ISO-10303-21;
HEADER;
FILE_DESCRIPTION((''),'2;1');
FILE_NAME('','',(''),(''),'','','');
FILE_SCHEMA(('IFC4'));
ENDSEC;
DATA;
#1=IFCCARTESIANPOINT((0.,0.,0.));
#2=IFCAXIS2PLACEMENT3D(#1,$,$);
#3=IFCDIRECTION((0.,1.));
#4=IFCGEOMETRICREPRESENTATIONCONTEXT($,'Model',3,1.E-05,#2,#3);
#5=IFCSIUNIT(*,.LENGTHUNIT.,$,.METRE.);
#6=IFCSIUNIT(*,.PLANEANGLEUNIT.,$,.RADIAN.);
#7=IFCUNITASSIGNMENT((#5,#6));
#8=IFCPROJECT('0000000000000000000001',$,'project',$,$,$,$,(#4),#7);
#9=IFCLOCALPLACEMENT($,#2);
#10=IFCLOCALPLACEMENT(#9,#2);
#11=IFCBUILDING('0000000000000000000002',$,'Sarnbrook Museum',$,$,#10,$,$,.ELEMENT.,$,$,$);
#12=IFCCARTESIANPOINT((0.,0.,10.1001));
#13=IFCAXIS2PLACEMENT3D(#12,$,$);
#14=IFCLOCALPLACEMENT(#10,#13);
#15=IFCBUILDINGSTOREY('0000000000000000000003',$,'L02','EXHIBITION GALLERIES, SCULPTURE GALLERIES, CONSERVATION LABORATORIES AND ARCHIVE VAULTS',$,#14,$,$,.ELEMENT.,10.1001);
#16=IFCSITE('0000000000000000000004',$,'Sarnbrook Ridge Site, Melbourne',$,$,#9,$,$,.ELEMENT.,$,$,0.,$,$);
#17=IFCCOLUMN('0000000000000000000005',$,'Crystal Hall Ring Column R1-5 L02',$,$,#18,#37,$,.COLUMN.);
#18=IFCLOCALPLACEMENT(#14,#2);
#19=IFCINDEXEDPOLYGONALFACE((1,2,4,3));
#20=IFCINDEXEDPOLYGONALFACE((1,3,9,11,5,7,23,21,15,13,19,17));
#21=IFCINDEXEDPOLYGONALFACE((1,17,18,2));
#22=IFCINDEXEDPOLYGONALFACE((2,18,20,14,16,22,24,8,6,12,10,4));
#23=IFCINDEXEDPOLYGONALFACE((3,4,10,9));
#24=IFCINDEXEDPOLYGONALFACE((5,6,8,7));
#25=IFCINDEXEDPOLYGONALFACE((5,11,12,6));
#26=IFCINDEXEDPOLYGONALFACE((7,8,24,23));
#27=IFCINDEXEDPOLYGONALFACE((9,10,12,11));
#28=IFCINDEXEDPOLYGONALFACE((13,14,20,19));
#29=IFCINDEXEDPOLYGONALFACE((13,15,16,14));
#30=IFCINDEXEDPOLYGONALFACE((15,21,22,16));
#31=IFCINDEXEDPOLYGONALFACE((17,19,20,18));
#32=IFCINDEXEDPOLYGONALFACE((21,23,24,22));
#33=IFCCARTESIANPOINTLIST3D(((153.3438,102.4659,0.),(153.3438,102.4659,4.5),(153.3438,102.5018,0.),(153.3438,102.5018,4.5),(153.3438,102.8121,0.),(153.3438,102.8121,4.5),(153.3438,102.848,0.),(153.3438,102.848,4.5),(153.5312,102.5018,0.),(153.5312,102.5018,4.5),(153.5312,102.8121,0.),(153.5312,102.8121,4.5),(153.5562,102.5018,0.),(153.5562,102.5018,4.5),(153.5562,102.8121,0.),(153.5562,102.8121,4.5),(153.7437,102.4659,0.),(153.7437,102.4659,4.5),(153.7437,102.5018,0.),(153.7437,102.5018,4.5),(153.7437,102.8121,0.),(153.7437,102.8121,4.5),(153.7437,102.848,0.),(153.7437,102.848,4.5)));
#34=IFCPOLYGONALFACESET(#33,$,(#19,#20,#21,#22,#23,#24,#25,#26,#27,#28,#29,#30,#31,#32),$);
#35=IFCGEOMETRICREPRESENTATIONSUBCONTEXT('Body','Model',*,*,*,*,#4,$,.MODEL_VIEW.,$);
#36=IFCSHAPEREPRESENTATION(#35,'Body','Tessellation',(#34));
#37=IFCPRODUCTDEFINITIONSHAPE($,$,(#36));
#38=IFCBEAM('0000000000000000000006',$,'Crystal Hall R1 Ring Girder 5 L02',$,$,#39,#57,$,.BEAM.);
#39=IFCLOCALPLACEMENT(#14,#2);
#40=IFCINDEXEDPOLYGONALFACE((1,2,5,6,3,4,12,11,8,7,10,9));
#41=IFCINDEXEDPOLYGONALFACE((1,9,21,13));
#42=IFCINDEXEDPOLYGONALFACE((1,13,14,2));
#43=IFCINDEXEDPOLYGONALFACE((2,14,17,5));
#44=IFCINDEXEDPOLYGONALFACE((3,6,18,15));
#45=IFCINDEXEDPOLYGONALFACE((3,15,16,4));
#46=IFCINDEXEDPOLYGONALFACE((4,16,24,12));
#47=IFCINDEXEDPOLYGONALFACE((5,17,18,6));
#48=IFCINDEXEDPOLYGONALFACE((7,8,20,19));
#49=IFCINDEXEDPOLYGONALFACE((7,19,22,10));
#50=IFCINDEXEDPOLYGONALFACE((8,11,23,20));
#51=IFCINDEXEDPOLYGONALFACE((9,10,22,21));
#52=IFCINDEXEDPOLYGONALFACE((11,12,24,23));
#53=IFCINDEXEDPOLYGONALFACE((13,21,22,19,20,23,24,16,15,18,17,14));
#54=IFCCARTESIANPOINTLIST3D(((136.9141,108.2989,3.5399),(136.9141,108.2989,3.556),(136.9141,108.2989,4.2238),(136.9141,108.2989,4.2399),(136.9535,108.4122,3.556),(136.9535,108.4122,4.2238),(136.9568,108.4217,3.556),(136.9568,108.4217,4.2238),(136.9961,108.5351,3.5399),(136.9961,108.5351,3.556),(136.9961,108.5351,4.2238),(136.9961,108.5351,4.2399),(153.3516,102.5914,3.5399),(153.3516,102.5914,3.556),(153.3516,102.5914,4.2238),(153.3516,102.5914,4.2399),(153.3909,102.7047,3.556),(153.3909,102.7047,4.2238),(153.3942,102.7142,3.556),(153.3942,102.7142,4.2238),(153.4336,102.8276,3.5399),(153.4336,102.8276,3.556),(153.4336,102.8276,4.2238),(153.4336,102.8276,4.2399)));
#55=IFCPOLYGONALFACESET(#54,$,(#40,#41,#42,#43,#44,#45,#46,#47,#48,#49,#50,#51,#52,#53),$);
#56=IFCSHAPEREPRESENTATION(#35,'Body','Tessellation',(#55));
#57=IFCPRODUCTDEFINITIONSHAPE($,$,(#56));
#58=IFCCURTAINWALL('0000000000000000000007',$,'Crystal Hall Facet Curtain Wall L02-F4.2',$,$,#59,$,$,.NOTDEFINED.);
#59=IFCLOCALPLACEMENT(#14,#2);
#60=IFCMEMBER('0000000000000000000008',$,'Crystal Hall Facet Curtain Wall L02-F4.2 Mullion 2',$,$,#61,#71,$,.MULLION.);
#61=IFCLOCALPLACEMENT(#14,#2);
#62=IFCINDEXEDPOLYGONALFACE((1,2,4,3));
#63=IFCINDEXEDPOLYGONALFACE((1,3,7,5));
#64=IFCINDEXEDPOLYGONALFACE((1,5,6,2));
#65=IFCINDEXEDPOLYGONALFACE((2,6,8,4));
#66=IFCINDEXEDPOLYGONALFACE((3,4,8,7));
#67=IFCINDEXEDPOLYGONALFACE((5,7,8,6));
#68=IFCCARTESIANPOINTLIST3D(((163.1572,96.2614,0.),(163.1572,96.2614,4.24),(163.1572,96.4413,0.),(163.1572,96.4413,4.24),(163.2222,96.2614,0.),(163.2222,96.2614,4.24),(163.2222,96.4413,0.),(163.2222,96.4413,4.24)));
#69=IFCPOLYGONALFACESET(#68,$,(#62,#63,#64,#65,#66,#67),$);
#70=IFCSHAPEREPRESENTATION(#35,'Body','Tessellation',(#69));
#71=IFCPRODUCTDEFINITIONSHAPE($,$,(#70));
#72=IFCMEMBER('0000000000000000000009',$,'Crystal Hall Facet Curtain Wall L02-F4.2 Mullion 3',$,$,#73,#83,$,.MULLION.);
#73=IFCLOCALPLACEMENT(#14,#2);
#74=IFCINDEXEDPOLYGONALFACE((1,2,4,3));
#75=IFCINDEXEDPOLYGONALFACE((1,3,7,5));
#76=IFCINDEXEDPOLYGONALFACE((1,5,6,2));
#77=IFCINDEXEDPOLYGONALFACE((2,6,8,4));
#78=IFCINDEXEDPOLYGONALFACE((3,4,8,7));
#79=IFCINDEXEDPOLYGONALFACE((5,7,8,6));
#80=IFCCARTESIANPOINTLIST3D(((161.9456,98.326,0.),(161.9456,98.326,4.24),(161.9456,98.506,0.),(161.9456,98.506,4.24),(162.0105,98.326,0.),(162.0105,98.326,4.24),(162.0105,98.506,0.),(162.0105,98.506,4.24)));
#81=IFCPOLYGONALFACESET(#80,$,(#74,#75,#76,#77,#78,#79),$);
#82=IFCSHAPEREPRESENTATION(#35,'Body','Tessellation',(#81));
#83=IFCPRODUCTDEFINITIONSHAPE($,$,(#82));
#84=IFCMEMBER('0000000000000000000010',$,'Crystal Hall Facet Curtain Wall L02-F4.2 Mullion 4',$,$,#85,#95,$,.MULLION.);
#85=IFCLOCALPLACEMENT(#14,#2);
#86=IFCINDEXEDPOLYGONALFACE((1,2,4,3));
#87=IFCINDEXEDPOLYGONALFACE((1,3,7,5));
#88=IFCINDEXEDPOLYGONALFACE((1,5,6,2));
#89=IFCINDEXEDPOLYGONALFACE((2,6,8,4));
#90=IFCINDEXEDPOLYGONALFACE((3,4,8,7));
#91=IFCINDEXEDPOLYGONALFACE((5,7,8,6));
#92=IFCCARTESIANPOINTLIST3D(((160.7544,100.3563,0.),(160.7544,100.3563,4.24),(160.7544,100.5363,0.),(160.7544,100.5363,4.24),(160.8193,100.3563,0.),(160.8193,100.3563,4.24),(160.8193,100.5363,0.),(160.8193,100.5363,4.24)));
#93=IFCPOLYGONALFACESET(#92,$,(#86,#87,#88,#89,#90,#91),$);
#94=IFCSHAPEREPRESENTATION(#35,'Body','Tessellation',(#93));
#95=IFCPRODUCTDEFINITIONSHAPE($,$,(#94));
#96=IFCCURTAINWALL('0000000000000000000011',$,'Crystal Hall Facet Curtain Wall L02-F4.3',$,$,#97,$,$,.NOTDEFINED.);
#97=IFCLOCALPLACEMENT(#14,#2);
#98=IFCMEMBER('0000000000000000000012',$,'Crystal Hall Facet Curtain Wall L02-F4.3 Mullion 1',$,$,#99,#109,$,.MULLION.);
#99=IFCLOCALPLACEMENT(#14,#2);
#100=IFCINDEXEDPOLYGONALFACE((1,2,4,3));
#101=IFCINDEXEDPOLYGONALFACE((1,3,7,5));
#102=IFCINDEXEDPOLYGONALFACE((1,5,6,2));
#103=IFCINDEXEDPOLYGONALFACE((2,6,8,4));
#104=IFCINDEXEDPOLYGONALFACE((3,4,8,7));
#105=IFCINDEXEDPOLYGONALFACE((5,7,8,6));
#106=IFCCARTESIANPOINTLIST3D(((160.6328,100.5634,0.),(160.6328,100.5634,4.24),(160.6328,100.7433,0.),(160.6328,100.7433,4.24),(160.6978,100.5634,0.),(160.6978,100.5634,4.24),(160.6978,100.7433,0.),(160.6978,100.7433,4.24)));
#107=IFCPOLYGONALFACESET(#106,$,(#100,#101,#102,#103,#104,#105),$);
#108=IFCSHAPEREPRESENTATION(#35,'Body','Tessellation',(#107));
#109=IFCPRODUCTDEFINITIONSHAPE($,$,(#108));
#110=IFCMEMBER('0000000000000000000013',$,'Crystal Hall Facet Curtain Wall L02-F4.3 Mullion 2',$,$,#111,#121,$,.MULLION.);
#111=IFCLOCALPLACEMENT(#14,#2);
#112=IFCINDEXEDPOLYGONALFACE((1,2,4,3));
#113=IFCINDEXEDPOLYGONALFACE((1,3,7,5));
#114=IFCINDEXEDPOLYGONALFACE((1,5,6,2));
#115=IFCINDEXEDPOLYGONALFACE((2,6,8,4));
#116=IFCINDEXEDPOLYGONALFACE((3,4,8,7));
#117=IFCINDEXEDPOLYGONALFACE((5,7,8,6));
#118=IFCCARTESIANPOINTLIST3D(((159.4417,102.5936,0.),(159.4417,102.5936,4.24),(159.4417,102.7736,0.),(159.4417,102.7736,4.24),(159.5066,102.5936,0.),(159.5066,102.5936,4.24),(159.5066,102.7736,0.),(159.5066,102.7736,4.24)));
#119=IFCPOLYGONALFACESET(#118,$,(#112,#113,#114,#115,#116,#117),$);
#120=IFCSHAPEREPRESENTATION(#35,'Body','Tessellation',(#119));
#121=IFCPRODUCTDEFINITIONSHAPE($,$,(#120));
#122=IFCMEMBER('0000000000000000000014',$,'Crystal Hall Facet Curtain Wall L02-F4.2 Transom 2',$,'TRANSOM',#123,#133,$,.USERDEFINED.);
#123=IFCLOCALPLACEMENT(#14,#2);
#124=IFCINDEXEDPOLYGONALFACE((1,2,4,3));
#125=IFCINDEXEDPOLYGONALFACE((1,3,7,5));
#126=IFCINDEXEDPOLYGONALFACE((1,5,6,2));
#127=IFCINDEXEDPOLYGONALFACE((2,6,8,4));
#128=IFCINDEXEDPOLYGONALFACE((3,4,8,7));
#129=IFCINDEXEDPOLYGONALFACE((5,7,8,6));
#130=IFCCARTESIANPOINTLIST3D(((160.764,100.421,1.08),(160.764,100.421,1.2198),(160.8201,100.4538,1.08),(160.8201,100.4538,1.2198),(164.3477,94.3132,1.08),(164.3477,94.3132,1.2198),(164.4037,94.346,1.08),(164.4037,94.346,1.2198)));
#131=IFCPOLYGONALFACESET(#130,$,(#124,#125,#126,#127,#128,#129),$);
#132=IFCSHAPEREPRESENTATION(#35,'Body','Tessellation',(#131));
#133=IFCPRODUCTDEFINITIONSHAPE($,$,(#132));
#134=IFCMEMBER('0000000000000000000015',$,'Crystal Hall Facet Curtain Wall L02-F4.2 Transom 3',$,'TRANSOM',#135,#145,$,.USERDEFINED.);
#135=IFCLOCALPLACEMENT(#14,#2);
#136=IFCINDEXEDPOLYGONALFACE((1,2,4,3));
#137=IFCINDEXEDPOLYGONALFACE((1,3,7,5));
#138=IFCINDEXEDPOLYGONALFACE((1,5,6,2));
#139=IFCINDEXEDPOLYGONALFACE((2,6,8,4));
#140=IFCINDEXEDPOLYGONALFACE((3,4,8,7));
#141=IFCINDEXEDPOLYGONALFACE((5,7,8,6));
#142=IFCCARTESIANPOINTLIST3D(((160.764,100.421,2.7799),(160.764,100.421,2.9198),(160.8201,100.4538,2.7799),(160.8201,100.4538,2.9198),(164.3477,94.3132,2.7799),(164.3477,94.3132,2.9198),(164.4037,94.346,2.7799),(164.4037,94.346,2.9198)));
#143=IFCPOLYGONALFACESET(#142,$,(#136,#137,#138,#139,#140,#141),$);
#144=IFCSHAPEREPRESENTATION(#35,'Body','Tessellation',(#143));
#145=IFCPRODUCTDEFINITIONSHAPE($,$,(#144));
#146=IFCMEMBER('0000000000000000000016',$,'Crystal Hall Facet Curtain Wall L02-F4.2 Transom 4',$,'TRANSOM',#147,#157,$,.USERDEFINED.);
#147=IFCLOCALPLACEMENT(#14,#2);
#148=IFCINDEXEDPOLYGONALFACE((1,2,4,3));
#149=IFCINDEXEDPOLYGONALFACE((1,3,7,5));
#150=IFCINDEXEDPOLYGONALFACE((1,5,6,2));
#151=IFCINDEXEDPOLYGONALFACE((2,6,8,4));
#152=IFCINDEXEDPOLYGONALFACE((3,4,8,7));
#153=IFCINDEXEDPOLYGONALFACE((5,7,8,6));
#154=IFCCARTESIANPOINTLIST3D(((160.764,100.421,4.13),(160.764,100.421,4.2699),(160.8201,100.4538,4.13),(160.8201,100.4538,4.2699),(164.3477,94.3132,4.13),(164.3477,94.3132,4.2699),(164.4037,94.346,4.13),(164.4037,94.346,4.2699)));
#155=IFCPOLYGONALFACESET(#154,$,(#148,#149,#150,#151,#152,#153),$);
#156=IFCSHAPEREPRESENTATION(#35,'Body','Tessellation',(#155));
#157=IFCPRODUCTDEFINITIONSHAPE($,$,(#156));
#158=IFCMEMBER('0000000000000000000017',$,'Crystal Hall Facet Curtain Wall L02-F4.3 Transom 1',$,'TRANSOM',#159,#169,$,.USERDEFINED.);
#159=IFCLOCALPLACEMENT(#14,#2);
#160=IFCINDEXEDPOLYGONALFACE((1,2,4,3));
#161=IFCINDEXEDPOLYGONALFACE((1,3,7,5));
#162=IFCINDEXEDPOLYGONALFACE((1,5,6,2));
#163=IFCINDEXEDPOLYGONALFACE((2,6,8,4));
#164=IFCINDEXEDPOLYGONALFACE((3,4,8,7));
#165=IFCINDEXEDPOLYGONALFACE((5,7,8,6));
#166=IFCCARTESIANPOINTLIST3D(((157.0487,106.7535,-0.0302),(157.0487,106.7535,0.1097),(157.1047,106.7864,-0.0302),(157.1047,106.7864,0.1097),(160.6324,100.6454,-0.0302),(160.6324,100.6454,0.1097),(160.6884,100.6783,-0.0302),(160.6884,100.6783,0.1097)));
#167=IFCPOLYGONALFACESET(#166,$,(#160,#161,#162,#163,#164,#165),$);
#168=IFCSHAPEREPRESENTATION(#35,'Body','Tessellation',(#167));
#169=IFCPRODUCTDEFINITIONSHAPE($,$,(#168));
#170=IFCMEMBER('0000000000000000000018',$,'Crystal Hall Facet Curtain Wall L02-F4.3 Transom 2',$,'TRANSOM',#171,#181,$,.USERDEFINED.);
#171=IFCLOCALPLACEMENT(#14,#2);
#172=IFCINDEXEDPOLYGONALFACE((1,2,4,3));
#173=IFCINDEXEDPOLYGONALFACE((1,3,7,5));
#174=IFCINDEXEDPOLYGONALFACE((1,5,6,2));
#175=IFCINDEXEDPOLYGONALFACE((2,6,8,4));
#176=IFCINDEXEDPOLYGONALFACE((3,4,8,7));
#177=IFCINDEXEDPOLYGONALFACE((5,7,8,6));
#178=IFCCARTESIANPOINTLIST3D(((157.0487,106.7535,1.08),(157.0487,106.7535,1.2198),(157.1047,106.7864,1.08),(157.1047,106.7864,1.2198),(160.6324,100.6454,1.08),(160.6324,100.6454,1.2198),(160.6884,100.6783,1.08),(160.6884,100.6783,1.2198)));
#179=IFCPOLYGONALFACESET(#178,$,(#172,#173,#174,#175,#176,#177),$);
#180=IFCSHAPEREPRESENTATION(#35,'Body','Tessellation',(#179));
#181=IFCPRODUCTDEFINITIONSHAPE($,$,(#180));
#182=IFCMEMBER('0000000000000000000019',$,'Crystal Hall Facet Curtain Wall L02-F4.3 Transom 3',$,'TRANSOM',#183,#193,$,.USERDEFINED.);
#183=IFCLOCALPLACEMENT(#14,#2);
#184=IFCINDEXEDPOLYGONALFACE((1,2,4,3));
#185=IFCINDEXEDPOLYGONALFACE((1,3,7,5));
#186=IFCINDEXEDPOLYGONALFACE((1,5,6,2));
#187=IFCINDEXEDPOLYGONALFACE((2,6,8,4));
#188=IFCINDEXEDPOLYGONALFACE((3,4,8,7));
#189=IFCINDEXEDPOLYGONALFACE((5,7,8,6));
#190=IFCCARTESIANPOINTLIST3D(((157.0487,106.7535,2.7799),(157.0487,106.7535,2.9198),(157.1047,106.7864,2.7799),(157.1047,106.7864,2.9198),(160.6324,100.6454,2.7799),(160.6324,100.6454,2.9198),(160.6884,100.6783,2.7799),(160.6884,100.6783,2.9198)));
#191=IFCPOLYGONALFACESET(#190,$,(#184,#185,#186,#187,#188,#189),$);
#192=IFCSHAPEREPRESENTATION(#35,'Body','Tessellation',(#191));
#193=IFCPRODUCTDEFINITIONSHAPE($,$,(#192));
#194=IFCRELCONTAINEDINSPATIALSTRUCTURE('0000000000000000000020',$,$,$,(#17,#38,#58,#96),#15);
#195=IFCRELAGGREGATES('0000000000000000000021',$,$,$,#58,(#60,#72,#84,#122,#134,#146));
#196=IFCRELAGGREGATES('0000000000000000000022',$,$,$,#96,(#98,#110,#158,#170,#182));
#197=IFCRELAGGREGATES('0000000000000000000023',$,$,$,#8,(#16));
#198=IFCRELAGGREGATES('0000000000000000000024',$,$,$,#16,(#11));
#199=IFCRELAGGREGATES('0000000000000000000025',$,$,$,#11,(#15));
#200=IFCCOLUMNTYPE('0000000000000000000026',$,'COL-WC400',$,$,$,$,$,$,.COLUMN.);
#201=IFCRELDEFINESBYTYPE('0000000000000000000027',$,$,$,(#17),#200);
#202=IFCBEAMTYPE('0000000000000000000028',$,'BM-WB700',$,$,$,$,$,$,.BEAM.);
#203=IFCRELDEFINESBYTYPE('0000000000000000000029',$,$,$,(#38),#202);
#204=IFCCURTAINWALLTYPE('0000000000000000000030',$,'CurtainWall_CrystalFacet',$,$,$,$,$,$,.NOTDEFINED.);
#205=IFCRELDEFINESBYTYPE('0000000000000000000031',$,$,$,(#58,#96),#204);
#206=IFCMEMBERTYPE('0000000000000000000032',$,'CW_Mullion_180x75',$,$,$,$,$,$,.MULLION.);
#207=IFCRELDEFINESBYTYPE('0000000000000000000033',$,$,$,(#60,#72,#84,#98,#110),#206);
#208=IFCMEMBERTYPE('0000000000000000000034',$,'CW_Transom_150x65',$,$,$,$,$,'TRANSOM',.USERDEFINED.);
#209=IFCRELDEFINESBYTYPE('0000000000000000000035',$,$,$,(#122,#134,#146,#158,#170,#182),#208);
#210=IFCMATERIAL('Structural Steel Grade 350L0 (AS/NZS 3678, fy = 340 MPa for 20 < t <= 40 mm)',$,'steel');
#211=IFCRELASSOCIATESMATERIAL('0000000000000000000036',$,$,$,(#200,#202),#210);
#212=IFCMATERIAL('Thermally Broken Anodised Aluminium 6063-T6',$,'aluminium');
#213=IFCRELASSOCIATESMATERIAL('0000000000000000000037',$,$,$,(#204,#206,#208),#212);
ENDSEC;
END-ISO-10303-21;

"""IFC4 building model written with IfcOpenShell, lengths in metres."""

from ifc_helpers import new_model, si_unit, direction, frame, origin, origin_2d, place, context, subcontext, project, spatial, rectangle, i_section, extrude, material, material_profile, profile_set, type_object, element, aggregate, save


model = new_model("IFC4")

# Units and contexts
model_context = context("Model", 3, precision=1e-05, world=origin(), true_north=direction((0.0, 1.0)))
body_context = subcontext(model_context, "Body", "Model", "MODEL_VIEW")
ifc_project = project(units=[si_unit("LENGTHUNIT", "METRE"), si_unit("PLANEANGLEUNIT", "RADIAN")], contexts=[model_context])

# Site, building, storey
site_placement = place(None, origin())
site = spatial("IfcSite", under=ifc_project, at=site_placement, Name="Sarnbrook Ridge Site, Melbourne", CompositionType="ELEMENT", RefElevation=0.0)
building_placement = place(site_placement, origin())
building = spatial("IfcBuilding", under=site, at=building_placement, Name="Sarnbrook Museum", CompositionType="ELEMENT")
storey_placement = place(building_placement, frame((0.0, 0.0, 10.1001)))
storey = spatial("IfcBuildingStorey", under=building, at=storey_placement, Name="L02", Description="EXHIBITION GALLERIES, SCULPTURE GALLERIES, CONSERVATION LABORATORIES AND ARCHIVE VAULTS", CompositionType="ELEMENT", Elevation=10.1001)

# Column
ifc_material_1 = material(Name="Structural Steel Grade 350L0 (AS/NZS 3678, fy = 340 MPa for 20 < t <= 40 mm)", Category="steel")
ifc_material_profile_1 = material_profile(ifc_material_1, i_section(OverallWidth=0.3999, OverallDepth=0.3821, WebThickness=0.0249, FlangeThickness=0.0359, at=origin_2d()), Name="400WC270")
ifc_profile_set_1 = profile_set([ifc_material_profile_1], Name="Structural Steel Grade 350L0 (AS/NZS 3678, fy = 340 MPa for 20 < t <= 40 mm)")
column_type = type_object("IfcColumnType", Name="COL-WC400", PredefinedType="COLUMN", material=ifc_profile_set_1)
column_placement = place(storey_placement, frame((153.5437, 102.657, 0.0), z_axis=(0.0, 0.0, 1.0), x_axis=(1.0, 0.0, 0.0)))
element("IfcColumn", 1, at=column_placement, inside=storey, type_object=column_type, Name="Crystal Hall Ring Column R1-5 L02", PredefinedType="COLUMN", context=body_context, shape_type="SweptSolid", body=[
    extrude(i_section(OverallWidth=0.3999, OverallDepth=0.3821, WebThickness=0.0249, FlangeThickness=0.0359, at=origin_2d()), origin(), (0.0, 0.0, 1.0), 4.5),
])

# Beam
ifc_material_profile_2 = material_profile(ifc_material_1, i_section(OverallWidth=0.25, OverallDepth=0.7, WebThickness=0.01, FlangeThickness=0.0161, at=origin_2d()), Name="700WB130")
ifc_profile_set_2 = profile_set([ifc_material_profile_2], Name="Structural Steel Grade 350L0 (AS/NZS 3678, fy = 340 MPa for 20 < t <= 40 mm)")
beam_type_1 = type_object("IfcBeamType", Name="BM-WB700", PredefinedType="BEAM", material=ifc_profile_set_2)
beam_1_placement = place(storey_placement, frame((153.3926, 102.7095, 3.8899), z_axis=(-0.944673, 0.328014, 0.0), x_axis=(-0.328014, -0.944673, 0.0)))
element("IfcBeam", 2, at=beam_1_placement, inside=storey, type_object=beam_type_1, Name="Crystal Hall R1 Ring Girder 5 L02", PredefinedType="BEAM", context=body_context, shape_type="SweptSolid", body=[
    extrude(i_section(OverallWidth=0.25, OverallDepth=0.7, WebThickness=0.01, FlangeThickness=0.0161, at=origin_2d()), origin(), (0.0, 0.0, 1.0), 17.4001),
])

# Curtain walls, members
ifc_material_2 = material(Name="Thermally Broken Anodised Aluminium 6063-T6", Category="aluminium")
curtain_wall_type = type_object("IfcCurtainWallType", Name="CurtainWall_CrystalFacet", PredefinedType="NOTDEFINED", material=ifc_material_2)
curtain_wall_1_placement = place(storey_placement, origin())
curtain_wall_1 = element("IfcCurtainWall", 3, at=curtain_wall_1_placement, inside=storey, type_object=curtain_wall_type, Name="Crystal Hall Facet Curtain Wall L02-F4.2", PredefinedType="NOTDEFINED")
ifc_material_profile_3 = material_profile(ifc_material_2, rectangle(XDim=0.0649, YDim=0.1799, at=origin_2d()), Name="ALU MULLION 65x180")
ifc_profile_set_3 = profile_set([ifc_material_profile_3], Name="Thermally Broken Anodised Aluminium 6063-T6")
member_type_1 = type_object("IfcMemberType", Name="CW_Mullion_180x75", PredefinedType="MULLION", material=ifc_profile_set_3)
member_1_placement = place(storey_placement, frame((163.1897, 96.3513, 0.0), z_axis=(0.0, 0.0, 1.0), x_axis=(1.0, 0.0, 0.0)))
member_1 = element("IfcMember", 4, at=member_1_placement, type_object=member_type_1, Name="Crystal Hall Facet Curtain Wall L02-F4.2 Mullion 2", PredefinedType="MULLION", context=body_context, shape_type="SweptSolid", body=[
    extrude(rectangle(XDim=0.0649, YDim=0.1799, at=origin_2d()), origin(), (0.0, 0.0, 1.0), 4.24),
])
member_2_placement = place(storey_placement, frame((161.978, 98.416, 0.0), z_axis=(0.0, 0.0, 1.0), x_axis=(1.0, 0.0, 0.0)))
member_2 = element("IfcMember", 5, at=member_2_placement, type_object=member_type_1, Name="Crystal Hall Facet Curtain Wall L02-F4.2 Mullion 3", PredefinedType="MULLION", context=body_context, shape_type="SweptSolid", body=[
    extrude(rectangle(XDim=0.0649, YDim=0.1799, at=origin_2d()), origin(), (0.0, 0.0, 1.0), 4.24),
])
member_3_placement = place(storey_placement, frame((160.7869, 100.4463, 0.0), z_axis=(0.0, 0.0, 1.0), x_axis=(1.0, 0.0, 0.0)))
member_3 = element("IfcMember", 6, at=member_3_placement, type_object=member_type_1, Name="Crystal Hall Facet Curtain Wall L02-F4.2 Mullion 4", PredefinedType="MULLION", context=body_context, shape_type="SweptSolid", body=[
    extrude(rectangle(XDim=0.0649, YDim=0.1799, at=origin_2d()), origin(), (0.0, 0.0, 1.0), 4.24),
])
curtain_wall_2_placement = place(storey_placement, origin())
curtain_wall_2 = element("IfcCurtainWall", 7, at=curtain_wall_2_placement, inside=storey, type_object=curtain_wall_type, Name="Crystal Hall Facet Curtain Wall L02-F4.3", PredefinedType="NOTDEFINED")
member_4_placement = place(storey_placement, frame((160.6653, 100.6533, 0.0), z_axis=(0.0, 0.0, 1.0), x_axis=(1.0, 0.0, 0.0)))
member_4 = element("IfcMember", 8, at=member_4_placement, type_object=member_type_1, Name="Crystal Hall Facet Curtain Wall L02-F4.3 Mullion 1", PredefinedType="MULLION", context=body_context, shape_type="SweptSolid", body=[
    extrude(rectangle(XDim=0.0649, YDim=0.1799, at=origin_2d()), origin(), (0.0, 0.0, 1.0), 4.24),
])
member_5_placement = place(storey_placement, frame((159.4741, 102.6836, 0.0), z_axis=(0.0, 0.0, 1.0), x_axis=(1.0, 0.0, 0.0)))
member_5 = element("IfcMember", 9, at=member_5_placement, type_object=member_type_1, Name="Crystal Hall Facet Curtain Wall L02-F4.3 Mullion 2", PredefinedType="MULLION", context=body_context, shape_type="SweptSolid", body=[
    extrude(rectangle(XDim=0.0649, YDim=0.1799, at=origin_2d()), origin(), (0.0, 0.0, 1.0), 4.24),
])

# Members
ifc_material_profile_4 = material_profile(ifc_material_2, rectangle(XDim=0.0649, YDim=0.1399, at=origin_2d()), Name="ALU TRANSOM 65x140")
ifc_profile_set_4 = profile_set([ifc_material_profile_4], Name="Thermally Broken Anodised Aluminium 6063-T6")
member_type_2 = type_object("IfcMemberType", Name="CW_Transom_150x65", ElementType="TRANSOM", PredefinedType="USERDEFINED", material=ifc_profile_set_4)
member_6_placement = place(storey_placement, frame((164.3757, 94.3296, 1.1499), z_axis=(-0.50606, 0.862498, 0.0), x_axis=(-0.862498, -0.50606, 0.0)))
member_6 = element("IfcMember", 10, at=member_6_placement, type_object=member_type_2, Name="Crystal Hall Facet Curtain Wall L02-F4.2 Transom 2", ObjectType="TRANSOM", PredefinedType="USERDEFINED", context=body_context, shape_type="SweptSolid", body=[
    extrude(rectangle(XDim=0.0649, YDim=0.1399, at=origin_2d()), origin(), (0.0, 0.0, 1.0), 7.0815),
])
member_7_placement = place(storey_placement, frame((164.3757, 94.3296, 2.8499), z_axis=(-0.50606, 0.862498, 0.0), x_axis=(-0.862498, -0.50606, 0.0)))
member_7 = element("IfcMember", 11, at=member_7_placement, type_object=member_type_2, Name="Crystal Hall Facet Curtain Wall L02-F4.2 Transom 3", ObjectType="TRANSOM", PredefinedType="USERDEFINED", context=body_context, shape_type="SweptSolid", body=[
    extrude(rectangle(XDim=0.0649, YDim=0.1399, at=origin_2d()), origin(), (0.0, 0.0, 1.0), 7.0815),
])
member_8_placement = place(storey_placement, frame((164.3757, 94.3296, 4.2), z_axis=(-0.50606, 0.862498, 0.0), x_axis=(-0.862498, -0.50606, 0.0)))
member_8 = element("IfcMember", 12, at=member_8_placement, type_object=member_type_2, Name="Crystal Hall Facet Curtain Wall L02-F4.2 Transom 4", ObjectType="TRANSOM", PredefinedType="USERDEFINED", context=body_context, shape_type="SweptSolid", body=[
    extrude(rectangle(XDim=0.0649, YDim=0.1399, at=origin_2d()), origin(), (0.0, 0.0, 1.0), 7.0815),
])
member_9_placement = place(storey_placement, frame((160.6604, 100.6619, 0.0398), z_axis=(-0.506045, 0.862507, 0.0), x_axis=(-0.862507, -0.506045, 0.0)))
member_9 = element("IfcMember", 13, at=member_9_placement, type_object=member_type_2, Name="Crystal Hall Facet Curtain Wall L02-F4.3 Transom 1", ObjectType="TRANSOM", PredefinedType="USERDEFINED", context=body_context, shape_type="SweptSolid", body=[
    extrude(rectangle(XDim=0.0649, YDim=0.1399, at=origin_2d()), origin(), (0.0, 0.0, 1.0), 7.0818),
])
member_10_placement = place(storey_placement, frame((160.6604, 100.6619, 1.1499), z_axis=(-0.506045, 0.862507, 0.0), x_axis=(-0.862507, -0.506045, 0.0)))
member_10 = element("IfcMember", 14, at=member_10_placement, type_object=member_type_2, Name="Crystal Hall Facet Curtain Wall L02-F4.3 Transom 2", ObjectType="TRANSOM", PredefinedType="USERDEFINED", context=body_context, shape_type="SweptSolid", body=[
    extrude(rectangle(XDim=0.0649, YDim=0.1399, at=origin_2d()), origin(), (0.0, 0.0, 1.0), 7.0818),
])
member_11_placement = place(storey_placement, frame((160.6604, 100.6619, 2.8499), z_axis=(-0.506045, 0.862507, 0.0), x_axis=(-0.862507, -0.506045, 0.0)))
member_11 = element("IfcMember", 15, at=member_11_placement, type_object=member_type_2, Name="Crystal Hall Facet Curtain Wall L02-F4.3 Transom 3", ObjectType="TRANSOM", PredefinedType="USERDEFINED", context=body_context, shape_type="SweptSolid", body=[
    extrude(rectangle(XDim=0.0649, YDim=0.1399, at=origin_2d()), origin(), (0.0, 0.0, 1.0), 7.0818),
])

aggregate(curtain_wall_1, [member_1, member_2, member_3, member_6, member_7, member_8])
aggregate(curtain_wall_2, [member_4, member_5, member_9, member_10, member_11])

save(model, "model.ifc")
